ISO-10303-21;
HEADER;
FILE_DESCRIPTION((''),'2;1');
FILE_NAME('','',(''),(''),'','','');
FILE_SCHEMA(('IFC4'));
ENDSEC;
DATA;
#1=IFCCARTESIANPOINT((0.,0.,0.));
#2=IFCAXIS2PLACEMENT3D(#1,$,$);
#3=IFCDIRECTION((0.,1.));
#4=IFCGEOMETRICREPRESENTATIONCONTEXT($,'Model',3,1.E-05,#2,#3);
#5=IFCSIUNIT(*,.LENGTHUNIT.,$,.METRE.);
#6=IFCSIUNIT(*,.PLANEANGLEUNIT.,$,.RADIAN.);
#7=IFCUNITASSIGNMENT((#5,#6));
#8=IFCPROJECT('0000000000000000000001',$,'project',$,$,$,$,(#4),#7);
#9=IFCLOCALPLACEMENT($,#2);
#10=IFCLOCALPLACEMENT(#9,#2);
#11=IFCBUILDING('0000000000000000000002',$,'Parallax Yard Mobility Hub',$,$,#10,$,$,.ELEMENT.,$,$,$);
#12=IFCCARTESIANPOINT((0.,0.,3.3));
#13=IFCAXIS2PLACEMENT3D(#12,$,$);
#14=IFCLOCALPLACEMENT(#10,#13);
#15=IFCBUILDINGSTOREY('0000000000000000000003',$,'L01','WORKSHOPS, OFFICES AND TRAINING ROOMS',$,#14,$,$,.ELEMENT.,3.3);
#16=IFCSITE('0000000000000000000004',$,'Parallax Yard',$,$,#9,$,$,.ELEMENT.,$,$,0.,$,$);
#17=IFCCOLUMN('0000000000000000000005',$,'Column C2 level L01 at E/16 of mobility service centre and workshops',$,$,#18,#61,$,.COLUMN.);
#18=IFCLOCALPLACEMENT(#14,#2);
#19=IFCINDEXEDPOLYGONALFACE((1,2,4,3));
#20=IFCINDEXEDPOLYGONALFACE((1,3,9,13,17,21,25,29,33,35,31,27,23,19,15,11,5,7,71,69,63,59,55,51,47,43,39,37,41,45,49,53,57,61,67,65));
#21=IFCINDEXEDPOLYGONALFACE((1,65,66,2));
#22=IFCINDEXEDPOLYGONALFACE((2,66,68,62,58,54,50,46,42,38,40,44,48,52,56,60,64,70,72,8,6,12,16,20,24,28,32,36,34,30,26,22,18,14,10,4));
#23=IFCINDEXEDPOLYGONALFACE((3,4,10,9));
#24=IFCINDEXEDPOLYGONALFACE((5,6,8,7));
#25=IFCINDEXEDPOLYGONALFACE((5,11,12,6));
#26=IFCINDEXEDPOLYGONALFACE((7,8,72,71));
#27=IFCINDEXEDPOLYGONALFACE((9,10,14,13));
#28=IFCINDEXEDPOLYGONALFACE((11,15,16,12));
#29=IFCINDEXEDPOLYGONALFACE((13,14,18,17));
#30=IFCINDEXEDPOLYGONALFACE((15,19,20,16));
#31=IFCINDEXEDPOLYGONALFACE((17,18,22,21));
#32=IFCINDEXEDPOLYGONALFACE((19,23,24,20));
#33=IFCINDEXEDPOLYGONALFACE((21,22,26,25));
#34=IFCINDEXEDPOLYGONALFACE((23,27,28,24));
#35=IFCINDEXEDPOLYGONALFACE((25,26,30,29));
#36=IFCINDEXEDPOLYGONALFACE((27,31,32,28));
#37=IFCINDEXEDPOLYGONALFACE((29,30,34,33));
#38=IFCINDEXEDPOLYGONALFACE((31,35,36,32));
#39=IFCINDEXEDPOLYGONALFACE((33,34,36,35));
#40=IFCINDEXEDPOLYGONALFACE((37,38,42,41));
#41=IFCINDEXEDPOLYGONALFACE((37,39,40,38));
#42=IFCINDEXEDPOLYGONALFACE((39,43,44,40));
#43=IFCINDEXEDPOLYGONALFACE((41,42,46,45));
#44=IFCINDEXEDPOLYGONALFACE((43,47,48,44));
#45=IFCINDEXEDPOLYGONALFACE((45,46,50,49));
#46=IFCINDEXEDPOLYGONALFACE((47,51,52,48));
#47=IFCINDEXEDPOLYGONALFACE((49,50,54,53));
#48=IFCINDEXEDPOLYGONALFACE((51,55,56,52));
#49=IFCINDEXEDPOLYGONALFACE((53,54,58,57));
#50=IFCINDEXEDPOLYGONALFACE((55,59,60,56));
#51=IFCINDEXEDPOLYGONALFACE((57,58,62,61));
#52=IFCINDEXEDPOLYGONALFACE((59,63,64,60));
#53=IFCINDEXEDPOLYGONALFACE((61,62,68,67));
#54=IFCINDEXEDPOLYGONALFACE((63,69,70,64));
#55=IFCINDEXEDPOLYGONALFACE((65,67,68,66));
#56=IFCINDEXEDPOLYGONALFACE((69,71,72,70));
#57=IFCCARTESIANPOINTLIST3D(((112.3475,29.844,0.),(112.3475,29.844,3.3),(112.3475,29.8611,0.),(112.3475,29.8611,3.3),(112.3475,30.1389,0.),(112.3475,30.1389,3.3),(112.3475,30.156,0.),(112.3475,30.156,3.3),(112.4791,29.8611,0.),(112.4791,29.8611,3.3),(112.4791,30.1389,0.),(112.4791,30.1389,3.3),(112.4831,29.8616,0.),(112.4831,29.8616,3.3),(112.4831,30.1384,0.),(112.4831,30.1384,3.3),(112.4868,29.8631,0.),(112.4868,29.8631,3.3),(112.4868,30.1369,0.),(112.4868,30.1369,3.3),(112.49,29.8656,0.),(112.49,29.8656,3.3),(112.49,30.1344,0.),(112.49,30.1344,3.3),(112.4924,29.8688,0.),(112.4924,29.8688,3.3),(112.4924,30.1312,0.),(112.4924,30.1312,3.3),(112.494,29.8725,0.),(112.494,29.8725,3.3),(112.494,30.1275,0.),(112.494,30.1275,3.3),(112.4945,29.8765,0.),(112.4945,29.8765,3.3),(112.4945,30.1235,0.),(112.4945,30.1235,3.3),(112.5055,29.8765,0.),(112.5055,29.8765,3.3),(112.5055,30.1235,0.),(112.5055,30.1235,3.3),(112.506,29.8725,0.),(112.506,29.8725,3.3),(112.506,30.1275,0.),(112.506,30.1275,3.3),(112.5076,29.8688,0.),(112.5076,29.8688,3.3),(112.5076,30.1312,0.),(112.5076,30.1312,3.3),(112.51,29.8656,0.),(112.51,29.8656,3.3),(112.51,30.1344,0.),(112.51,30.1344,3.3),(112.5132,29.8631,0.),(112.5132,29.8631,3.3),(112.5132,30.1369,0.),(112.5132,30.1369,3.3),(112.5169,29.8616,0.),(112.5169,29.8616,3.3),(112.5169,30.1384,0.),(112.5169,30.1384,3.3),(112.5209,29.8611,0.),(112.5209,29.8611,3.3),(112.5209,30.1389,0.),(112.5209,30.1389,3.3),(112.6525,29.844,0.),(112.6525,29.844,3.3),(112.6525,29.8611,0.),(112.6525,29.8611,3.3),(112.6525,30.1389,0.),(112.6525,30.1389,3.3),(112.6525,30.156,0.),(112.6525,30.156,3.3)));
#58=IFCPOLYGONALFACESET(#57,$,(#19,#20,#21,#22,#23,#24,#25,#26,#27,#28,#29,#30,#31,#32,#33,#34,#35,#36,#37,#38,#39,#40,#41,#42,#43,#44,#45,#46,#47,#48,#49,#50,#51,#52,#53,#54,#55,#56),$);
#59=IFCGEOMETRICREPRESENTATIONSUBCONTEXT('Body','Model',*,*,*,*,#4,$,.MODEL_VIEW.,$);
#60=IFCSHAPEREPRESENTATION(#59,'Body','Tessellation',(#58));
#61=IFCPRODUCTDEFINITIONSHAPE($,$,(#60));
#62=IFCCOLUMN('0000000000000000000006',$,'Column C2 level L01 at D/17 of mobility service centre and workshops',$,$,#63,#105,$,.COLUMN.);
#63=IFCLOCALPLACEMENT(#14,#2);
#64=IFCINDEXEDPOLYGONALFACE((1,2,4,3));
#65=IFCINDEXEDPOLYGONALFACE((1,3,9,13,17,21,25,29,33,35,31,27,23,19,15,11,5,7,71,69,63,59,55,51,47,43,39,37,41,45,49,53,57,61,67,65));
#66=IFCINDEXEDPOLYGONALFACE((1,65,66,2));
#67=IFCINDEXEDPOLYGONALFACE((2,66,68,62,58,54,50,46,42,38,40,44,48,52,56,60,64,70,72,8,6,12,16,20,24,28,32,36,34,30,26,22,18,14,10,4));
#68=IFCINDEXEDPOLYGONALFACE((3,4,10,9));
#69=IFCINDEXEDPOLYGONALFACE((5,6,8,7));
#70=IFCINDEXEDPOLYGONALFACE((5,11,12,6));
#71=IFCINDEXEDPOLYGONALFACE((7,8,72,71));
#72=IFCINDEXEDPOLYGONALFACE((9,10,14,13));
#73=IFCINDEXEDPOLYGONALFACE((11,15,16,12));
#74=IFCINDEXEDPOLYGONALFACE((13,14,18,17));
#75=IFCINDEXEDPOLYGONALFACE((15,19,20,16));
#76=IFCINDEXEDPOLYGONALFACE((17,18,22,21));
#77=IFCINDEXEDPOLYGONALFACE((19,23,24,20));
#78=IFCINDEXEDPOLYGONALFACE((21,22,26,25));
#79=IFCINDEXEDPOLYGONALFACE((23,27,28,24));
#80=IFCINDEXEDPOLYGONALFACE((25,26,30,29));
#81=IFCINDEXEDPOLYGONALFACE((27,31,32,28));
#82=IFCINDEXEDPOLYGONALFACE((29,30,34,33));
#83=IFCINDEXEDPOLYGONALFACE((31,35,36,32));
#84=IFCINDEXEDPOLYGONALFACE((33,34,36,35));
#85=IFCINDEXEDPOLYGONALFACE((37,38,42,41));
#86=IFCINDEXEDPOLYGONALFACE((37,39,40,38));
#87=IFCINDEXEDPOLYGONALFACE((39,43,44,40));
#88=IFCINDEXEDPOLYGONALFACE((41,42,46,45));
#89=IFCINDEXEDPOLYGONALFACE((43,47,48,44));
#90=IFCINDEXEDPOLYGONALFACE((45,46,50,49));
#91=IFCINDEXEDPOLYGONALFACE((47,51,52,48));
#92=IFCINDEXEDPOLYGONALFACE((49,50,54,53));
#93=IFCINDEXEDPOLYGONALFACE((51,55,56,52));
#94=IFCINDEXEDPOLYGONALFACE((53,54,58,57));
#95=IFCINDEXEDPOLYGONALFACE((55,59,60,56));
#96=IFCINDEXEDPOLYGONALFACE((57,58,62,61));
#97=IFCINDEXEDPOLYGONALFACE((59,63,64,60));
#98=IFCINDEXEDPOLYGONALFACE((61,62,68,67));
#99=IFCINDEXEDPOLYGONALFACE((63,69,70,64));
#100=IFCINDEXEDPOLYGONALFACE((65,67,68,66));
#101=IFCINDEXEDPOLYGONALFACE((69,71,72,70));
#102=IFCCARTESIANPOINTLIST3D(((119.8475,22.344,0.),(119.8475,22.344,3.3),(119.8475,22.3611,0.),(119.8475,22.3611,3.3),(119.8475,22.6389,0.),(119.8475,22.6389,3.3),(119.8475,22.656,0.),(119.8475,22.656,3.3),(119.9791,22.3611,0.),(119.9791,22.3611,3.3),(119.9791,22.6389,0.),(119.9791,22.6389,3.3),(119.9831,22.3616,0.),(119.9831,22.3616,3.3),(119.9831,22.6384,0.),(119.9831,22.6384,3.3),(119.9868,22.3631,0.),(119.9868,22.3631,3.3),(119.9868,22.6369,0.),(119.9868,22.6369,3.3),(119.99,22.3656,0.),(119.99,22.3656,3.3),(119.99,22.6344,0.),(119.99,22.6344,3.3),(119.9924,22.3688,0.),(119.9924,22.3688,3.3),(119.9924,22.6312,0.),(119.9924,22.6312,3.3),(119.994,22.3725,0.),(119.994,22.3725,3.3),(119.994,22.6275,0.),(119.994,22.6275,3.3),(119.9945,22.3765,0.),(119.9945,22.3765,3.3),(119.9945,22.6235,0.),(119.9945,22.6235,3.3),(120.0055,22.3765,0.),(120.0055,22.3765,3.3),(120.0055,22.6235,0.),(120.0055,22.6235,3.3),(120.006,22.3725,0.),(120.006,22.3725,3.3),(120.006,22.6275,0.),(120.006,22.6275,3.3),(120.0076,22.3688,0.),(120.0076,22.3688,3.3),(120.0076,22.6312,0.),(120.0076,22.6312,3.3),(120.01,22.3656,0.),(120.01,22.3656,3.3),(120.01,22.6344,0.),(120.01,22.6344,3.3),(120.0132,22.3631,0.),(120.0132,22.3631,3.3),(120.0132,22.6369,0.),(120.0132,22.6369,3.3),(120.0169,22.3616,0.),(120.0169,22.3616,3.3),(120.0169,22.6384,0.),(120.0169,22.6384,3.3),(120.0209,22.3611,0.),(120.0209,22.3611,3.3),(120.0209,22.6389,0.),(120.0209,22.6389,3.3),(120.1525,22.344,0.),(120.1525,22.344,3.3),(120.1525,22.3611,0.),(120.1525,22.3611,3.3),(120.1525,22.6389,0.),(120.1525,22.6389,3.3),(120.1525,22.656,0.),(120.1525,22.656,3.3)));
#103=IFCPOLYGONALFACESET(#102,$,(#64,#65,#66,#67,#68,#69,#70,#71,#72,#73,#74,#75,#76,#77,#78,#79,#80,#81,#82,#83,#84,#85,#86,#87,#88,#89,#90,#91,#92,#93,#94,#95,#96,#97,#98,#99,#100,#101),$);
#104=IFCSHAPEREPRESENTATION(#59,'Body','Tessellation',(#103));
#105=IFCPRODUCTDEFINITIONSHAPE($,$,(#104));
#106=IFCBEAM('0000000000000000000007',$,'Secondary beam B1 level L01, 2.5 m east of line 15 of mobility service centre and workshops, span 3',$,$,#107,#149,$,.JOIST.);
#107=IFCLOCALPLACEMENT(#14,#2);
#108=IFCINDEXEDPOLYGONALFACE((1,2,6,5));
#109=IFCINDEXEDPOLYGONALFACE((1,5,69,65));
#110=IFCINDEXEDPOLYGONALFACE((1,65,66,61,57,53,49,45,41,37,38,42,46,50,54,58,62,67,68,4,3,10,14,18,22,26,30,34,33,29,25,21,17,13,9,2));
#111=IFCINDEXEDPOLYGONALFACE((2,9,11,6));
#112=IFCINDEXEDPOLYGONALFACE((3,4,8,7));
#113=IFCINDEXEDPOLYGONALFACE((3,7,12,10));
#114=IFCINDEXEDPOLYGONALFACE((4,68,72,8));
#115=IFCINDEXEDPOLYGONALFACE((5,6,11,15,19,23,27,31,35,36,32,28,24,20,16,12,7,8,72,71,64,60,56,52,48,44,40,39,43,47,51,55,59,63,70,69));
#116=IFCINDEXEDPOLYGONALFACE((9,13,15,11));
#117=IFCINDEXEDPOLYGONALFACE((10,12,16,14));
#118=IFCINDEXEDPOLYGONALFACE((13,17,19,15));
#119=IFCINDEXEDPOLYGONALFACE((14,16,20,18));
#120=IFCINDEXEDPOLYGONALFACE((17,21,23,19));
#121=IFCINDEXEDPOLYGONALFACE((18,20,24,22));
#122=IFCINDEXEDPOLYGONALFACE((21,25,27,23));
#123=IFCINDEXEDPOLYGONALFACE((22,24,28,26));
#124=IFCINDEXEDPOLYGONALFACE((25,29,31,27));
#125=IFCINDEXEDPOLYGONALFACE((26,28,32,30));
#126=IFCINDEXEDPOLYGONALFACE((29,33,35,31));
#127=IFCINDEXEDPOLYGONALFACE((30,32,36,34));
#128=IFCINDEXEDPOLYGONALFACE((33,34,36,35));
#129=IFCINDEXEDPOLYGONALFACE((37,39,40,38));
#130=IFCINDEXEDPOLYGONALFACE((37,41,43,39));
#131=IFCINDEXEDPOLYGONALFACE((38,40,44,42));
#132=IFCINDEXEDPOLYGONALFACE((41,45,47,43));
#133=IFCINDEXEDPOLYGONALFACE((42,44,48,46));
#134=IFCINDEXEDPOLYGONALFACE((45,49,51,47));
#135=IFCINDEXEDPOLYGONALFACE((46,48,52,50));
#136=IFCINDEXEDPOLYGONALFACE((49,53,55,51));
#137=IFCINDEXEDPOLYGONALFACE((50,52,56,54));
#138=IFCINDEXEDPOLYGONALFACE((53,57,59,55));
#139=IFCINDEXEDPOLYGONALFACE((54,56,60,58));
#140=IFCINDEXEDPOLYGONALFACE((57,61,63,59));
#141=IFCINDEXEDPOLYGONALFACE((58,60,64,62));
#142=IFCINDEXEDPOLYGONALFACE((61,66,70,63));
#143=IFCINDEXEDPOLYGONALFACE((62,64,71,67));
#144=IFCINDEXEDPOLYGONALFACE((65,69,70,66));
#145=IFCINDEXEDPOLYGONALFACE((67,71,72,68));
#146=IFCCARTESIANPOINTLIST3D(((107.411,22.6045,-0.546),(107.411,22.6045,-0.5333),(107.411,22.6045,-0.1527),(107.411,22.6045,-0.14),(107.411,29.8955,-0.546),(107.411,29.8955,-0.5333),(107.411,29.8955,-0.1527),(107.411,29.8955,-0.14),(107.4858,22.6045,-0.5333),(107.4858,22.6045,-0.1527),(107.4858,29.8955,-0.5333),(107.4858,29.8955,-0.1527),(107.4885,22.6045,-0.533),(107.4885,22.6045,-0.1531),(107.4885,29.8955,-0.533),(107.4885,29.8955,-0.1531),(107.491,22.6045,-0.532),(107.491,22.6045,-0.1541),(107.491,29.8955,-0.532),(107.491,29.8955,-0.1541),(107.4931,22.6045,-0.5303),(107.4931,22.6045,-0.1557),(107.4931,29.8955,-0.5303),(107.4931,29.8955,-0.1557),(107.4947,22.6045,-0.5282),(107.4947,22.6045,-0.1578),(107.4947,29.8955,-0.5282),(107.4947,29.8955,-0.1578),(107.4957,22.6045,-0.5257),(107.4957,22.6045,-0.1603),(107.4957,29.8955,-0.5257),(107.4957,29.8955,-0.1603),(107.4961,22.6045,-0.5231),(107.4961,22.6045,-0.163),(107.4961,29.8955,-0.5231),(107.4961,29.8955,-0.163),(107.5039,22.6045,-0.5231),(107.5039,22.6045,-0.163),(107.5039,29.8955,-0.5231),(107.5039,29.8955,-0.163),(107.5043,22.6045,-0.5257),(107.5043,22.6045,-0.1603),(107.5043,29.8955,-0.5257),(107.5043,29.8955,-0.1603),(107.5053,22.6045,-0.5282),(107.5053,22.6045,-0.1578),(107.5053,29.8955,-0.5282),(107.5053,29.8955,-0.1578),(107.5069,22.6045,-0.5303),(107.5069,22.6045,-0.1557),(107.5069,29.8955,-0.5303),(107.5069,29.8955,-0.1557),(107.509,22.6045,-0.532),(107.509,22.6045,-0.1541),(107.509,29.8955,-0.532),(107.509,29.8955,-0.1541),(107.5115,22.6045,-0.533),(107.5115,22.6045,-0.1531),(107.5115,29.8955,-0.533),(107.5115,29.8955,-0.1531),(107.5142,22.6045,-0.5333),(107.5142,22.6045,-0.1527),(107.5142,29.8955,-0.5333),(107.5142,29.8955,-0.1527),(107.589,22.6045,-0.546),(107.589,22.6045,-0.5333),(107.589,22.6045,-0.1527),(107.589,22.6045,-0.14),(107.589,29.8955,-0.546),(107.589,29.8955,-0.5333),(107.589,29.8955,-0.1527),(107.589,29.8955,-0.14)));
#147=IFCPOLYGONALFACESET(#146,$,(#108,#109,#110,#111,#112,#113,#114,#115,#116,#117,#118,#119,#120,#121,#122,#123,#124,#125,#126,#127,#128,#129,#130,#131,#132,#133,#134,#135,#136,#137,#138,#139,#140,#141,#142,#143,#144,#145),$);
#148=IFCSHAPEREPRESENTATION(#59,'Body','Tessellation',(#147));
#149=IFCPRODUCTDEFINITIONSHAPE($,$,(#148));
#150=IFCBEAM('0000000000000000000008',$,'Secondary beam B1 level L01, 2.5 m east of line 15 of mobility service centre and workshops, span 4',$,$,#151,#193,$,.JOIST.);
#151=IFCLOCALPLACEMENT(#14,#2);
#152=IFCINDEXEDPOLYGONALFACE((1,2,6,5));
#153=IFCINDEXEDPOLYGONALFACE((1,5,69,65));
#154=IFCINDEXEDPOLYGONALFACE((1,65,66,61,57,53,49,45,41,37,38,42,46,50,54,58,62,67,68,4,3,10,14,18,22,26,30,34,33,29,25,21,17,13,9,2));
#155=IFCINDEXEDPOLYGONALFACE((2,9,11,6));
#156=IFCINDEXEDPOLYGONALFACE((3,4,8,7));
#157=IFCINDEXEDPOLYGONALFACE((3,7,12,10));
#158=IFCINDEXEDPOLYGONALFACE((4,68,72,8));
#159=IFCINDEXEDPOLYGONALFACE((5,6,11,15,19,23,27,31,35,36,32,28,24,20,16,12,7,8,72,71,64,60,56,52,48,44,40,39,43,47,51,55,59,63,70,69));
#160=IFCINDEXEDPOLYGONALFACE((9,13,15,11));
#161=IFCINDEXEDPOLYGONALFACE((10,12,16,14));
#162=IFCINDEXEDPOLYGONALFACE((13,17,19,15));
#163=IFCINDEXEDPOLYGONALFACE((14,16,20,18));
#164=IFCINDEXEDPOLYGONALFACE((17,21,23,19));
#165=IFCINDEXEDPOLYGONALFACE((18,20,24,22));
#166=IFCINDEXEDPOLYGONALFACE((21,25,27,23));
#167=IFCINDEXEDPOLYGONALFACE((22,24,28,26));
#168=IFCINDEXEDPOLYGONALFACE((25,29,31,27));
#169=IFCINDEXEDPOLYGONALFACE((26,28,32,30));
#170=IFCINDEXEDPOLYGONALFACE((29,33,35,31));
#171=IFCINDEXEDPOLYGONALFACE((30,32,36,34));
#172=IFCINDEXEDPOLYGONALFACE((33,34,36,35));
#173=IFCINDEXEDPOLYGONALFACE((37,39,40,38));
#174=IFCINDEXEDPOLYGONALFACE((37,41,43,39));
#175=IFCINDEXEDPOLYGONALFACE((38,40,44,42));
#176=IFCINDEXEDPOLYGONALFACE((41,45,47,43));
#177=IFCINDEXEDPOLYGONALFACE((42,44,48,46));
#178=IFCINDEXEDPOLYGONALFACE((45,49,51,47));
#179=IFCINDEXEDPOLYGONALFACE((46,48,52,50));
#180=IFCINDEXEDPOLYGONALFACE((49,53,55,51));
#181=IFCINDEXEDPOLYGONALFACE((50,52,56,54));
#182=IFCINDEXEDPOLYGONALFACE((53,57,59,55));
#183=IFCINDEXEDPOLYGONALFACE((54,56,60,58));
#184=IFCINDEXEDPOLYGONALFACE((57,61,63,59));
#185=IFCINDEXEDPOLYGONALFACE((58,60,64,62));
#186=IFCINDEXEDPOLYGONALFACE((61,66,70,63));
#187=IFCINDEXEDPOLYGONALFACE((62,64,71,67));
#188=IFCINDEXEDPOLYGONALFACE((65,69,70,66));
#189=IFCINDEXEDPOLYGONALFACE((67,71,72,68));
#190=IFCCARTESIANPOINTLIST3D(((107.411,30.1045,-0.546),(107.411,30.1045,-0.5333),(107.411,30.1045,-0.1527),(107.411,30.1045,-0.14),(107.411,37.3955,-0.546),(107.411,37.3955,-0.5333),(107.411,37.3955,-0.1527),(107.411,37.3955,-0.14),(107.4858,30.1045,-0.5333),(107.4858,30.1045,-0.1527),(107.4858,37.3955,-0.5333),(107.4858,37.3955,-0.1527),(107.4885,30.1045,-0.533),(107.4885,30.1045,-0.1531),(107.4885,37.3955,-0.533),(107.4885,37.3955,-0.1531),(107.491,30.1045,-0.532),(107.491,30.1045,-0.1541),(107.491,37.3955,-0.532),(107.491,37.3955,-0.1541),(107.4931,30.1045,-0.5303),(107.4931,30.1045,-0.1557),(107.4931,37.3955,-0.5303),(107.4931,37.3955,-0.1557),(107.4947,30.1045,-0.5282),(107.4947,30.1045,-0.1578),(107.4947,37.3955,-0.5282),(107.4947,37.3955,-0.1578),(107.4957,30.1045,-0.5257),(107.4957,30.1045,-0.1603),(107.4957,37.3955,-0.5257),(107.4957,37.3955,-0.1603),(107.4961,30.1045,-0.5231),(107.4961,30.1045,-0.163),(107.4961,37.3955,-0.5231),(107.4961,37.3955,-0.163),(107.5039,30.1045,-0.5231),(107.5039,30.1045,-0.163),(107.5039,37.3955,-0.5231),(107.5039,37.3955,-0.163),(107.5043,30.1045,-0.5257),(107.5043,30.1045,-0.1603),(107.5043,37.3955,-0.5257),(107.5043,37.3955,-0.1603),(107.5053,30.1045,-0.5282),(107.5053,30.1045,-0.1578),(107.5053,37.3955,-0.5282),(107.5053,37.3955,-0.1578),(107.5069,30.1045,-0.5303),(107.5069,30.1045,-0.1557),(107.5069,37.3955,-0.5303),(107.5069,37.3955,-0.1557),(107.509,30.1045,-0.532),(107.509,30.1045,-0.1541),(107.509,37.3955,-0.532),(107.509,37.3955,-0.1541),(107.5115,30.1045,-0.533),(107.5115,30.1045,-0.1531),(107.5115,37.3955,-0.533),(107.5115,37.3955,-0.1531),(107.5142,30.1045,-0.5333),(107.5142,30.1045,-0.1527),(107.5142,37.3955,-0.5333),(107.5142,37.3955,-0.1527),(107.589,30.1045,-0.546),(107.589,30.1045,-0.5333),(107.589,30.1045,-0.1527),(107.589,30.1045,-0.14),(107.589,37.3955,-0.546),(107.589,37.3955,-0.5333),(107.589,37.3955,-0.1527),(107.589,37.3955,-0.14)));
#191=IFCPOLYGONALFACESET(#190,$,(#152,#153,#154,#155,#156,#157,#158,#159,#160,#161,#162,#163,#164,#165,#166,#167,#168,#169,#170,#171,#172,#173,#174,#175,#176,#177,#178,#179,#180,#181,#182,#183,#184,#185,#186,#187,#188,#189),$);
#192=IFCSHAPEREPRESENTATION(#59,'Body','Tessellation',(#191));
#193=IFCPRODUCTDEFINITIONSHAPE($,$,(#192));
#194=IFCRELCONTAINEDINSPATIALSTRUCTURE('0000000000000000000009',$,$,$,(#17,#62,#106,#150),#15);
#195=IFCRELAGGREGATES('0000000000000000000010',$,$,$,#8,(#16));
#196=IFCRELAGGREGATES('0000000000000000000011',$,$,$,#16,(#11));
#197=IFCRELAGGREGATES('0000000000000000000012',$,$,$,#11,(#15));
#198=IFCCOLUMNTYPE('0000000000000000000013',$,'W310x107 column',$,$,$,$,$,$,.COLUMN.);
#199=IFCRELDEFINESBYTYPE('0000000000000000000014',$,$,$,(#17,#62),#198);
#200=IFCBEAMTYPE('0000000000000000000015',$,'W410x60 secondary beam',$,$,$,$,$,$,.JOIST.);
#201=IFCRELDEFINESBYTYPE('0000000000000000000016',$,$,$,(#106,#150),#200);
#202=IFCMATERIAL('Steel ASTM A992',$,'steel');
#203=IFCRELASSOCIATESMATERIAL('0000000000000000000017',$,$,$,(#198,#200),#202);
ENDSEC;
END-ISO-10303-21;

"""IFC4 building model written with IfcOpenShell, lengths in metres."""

from ifc_helpers import new_model, si_unit, direction, frame, origin, origin_2d, place, context, subcontext, project, spatial, i_section, extrude, material, material_profile, profile_set, type_object, element, save


model = new_model("IFC4")

# Units and contexts
model_context = context("Model", 3, precision=1e-05, world=origin(), true_north=direction((0.0, 1.0)))
body_context = subcontext(model_context, "Body", "Model", "MODEL_VIEW")
ifc_project = project(units=[si_unit("LENGTHUNIT", "METRE"), si_unit("PLANEANGLEUNIT", "RADIAN")], contexts=[model_context])

# Site, building, storey
site_placement = place(None, origin())
site = spatial("IfcSite", under=ifc_project, at=site_placement, Name="Parallax Yard", CompositionType="ELEMENT", RefElevation=0.0)
building_placement = place(site_placement, origin())
building = spatial("IfcBuilding", under=site, at=building_placement, Name="Parallax Yard Mobility Hub", CompositionType="ELEMENT")
storey_placement = place(building_placement, frame((0.0, 0.0, 3.3)))
storey = spatial("IfcBuildingStorey", under=building, at=storey_placement, Name="L01", Description="WORKSHOPS, OFFICES AND TRAINING ROOMS", CompositionType="ELEMENT", Elevation=3.3)

# Columns
ifc_material_1 = material(Name="Steel ASTM A992", Category="steel")
ifc_material_profile_1 = material_profile(ifc_material_1, i_section(OverallWidth=0.3049, OverallDepth=0.312, WebThickness=0.011, FlangeThickness=0.0171, FilletRadius=0.0154, at=origin_2d()), Name="W310x107")
ifc_profile_set_1 = profile_set([ifc_material_profile_1], Name="Steel ASTM A992")
column_type = type_object("IfcColumnType", Name="W310x107 column", PredefinedType="COLUMN", material=ifc_profile_set_1)
for number, where, z_axis, x_axis, name in (
    (1, (112.5, 30.0, 0.0), (0.0, 0.0, 1.0), (1.0, 0.0, 0.0), "Column C2 level L01 at E/16 of mobility service centre and workshops"),
    (2, (120.0, 22.5, 0.0), (0.0, 0.0, 1.0), (1.0, 0.0, 0.0), "Column C2 level L01 at D/17 of mobility service centre and workshops"),
):
    element("IfcColumn", number, at=place(storey_placement, frame(where, z_axis=z_axis, x_axis=x_axis)), inside=storey, type_object=column_type, Name=name, PredefinedType="COLUMN", context=body_context, shape_type="SweptSolid", body=[
        extrude(i_section(OverallWidth=0.3049, OverallDepth=0.312, WebThickness=0.011, FlangeThickness=0.0171, FilletRadius=0.0154, at=origin_2d()), origin(), (0.0, 0.0, 1.0), 3.3),
    ])

# Beams
ifc_material_profile_2 = material_profile(ifc_material_1, i_section(OverallWidth=0.178, OverallDepth=0.406, WebThickness=0.0078, FlangeThickness=0.0127, FilletRadius=0.0103, at=origin_2d()), Name="W410x60")
ifc_profile_set_2 = profile_set([ifc_material_profile_2], Name="Steel ASTM A992")
beam_type_1 = type_object("IfcBeamType", Name="W410x60 secondary beam", PredefinedType="JOIST", material=ifc_profile_set_2)
for number, where, z_axis, x_axis, name in (
    (3, (107.5, 22.6045, -0.343), (0.0, 1.0, 0.0), (-1.0, 0.0, 0.0), "Secondary beam B1 level L01, 2.5 m east of line 15 of mobility service centre and workshops, span 3"),
    (4, (107.5, 30.1045, -0.343), (0.0, 1.0, 0.0), (-1.0, 0.0, 0.0), "Secondary beam B1 level L01, 2.5 m east of line 15 of mobility service centre and workshops, span 4"),
):
    element("IfcBeam", number, at=place(storey_placement, frame(where, z_axis=z_axis, x_axis=x_axis)), inside=storey, type_object=beam_type_1, Name=name, PredefinedType="JOIST", context=body_context, shape_type="SweptSolid", body=[
        extrude(i_section(OverallWidth=0.178, OverallDepth=0.406, WebThickness=0.0078, FlangeThickness=0.0127, FilletRadius=0.0103, at=origin_2d()), origin(), (0.0, 0.0, 1.0), 7.291),
    ])

save(model, "model.ifc")
